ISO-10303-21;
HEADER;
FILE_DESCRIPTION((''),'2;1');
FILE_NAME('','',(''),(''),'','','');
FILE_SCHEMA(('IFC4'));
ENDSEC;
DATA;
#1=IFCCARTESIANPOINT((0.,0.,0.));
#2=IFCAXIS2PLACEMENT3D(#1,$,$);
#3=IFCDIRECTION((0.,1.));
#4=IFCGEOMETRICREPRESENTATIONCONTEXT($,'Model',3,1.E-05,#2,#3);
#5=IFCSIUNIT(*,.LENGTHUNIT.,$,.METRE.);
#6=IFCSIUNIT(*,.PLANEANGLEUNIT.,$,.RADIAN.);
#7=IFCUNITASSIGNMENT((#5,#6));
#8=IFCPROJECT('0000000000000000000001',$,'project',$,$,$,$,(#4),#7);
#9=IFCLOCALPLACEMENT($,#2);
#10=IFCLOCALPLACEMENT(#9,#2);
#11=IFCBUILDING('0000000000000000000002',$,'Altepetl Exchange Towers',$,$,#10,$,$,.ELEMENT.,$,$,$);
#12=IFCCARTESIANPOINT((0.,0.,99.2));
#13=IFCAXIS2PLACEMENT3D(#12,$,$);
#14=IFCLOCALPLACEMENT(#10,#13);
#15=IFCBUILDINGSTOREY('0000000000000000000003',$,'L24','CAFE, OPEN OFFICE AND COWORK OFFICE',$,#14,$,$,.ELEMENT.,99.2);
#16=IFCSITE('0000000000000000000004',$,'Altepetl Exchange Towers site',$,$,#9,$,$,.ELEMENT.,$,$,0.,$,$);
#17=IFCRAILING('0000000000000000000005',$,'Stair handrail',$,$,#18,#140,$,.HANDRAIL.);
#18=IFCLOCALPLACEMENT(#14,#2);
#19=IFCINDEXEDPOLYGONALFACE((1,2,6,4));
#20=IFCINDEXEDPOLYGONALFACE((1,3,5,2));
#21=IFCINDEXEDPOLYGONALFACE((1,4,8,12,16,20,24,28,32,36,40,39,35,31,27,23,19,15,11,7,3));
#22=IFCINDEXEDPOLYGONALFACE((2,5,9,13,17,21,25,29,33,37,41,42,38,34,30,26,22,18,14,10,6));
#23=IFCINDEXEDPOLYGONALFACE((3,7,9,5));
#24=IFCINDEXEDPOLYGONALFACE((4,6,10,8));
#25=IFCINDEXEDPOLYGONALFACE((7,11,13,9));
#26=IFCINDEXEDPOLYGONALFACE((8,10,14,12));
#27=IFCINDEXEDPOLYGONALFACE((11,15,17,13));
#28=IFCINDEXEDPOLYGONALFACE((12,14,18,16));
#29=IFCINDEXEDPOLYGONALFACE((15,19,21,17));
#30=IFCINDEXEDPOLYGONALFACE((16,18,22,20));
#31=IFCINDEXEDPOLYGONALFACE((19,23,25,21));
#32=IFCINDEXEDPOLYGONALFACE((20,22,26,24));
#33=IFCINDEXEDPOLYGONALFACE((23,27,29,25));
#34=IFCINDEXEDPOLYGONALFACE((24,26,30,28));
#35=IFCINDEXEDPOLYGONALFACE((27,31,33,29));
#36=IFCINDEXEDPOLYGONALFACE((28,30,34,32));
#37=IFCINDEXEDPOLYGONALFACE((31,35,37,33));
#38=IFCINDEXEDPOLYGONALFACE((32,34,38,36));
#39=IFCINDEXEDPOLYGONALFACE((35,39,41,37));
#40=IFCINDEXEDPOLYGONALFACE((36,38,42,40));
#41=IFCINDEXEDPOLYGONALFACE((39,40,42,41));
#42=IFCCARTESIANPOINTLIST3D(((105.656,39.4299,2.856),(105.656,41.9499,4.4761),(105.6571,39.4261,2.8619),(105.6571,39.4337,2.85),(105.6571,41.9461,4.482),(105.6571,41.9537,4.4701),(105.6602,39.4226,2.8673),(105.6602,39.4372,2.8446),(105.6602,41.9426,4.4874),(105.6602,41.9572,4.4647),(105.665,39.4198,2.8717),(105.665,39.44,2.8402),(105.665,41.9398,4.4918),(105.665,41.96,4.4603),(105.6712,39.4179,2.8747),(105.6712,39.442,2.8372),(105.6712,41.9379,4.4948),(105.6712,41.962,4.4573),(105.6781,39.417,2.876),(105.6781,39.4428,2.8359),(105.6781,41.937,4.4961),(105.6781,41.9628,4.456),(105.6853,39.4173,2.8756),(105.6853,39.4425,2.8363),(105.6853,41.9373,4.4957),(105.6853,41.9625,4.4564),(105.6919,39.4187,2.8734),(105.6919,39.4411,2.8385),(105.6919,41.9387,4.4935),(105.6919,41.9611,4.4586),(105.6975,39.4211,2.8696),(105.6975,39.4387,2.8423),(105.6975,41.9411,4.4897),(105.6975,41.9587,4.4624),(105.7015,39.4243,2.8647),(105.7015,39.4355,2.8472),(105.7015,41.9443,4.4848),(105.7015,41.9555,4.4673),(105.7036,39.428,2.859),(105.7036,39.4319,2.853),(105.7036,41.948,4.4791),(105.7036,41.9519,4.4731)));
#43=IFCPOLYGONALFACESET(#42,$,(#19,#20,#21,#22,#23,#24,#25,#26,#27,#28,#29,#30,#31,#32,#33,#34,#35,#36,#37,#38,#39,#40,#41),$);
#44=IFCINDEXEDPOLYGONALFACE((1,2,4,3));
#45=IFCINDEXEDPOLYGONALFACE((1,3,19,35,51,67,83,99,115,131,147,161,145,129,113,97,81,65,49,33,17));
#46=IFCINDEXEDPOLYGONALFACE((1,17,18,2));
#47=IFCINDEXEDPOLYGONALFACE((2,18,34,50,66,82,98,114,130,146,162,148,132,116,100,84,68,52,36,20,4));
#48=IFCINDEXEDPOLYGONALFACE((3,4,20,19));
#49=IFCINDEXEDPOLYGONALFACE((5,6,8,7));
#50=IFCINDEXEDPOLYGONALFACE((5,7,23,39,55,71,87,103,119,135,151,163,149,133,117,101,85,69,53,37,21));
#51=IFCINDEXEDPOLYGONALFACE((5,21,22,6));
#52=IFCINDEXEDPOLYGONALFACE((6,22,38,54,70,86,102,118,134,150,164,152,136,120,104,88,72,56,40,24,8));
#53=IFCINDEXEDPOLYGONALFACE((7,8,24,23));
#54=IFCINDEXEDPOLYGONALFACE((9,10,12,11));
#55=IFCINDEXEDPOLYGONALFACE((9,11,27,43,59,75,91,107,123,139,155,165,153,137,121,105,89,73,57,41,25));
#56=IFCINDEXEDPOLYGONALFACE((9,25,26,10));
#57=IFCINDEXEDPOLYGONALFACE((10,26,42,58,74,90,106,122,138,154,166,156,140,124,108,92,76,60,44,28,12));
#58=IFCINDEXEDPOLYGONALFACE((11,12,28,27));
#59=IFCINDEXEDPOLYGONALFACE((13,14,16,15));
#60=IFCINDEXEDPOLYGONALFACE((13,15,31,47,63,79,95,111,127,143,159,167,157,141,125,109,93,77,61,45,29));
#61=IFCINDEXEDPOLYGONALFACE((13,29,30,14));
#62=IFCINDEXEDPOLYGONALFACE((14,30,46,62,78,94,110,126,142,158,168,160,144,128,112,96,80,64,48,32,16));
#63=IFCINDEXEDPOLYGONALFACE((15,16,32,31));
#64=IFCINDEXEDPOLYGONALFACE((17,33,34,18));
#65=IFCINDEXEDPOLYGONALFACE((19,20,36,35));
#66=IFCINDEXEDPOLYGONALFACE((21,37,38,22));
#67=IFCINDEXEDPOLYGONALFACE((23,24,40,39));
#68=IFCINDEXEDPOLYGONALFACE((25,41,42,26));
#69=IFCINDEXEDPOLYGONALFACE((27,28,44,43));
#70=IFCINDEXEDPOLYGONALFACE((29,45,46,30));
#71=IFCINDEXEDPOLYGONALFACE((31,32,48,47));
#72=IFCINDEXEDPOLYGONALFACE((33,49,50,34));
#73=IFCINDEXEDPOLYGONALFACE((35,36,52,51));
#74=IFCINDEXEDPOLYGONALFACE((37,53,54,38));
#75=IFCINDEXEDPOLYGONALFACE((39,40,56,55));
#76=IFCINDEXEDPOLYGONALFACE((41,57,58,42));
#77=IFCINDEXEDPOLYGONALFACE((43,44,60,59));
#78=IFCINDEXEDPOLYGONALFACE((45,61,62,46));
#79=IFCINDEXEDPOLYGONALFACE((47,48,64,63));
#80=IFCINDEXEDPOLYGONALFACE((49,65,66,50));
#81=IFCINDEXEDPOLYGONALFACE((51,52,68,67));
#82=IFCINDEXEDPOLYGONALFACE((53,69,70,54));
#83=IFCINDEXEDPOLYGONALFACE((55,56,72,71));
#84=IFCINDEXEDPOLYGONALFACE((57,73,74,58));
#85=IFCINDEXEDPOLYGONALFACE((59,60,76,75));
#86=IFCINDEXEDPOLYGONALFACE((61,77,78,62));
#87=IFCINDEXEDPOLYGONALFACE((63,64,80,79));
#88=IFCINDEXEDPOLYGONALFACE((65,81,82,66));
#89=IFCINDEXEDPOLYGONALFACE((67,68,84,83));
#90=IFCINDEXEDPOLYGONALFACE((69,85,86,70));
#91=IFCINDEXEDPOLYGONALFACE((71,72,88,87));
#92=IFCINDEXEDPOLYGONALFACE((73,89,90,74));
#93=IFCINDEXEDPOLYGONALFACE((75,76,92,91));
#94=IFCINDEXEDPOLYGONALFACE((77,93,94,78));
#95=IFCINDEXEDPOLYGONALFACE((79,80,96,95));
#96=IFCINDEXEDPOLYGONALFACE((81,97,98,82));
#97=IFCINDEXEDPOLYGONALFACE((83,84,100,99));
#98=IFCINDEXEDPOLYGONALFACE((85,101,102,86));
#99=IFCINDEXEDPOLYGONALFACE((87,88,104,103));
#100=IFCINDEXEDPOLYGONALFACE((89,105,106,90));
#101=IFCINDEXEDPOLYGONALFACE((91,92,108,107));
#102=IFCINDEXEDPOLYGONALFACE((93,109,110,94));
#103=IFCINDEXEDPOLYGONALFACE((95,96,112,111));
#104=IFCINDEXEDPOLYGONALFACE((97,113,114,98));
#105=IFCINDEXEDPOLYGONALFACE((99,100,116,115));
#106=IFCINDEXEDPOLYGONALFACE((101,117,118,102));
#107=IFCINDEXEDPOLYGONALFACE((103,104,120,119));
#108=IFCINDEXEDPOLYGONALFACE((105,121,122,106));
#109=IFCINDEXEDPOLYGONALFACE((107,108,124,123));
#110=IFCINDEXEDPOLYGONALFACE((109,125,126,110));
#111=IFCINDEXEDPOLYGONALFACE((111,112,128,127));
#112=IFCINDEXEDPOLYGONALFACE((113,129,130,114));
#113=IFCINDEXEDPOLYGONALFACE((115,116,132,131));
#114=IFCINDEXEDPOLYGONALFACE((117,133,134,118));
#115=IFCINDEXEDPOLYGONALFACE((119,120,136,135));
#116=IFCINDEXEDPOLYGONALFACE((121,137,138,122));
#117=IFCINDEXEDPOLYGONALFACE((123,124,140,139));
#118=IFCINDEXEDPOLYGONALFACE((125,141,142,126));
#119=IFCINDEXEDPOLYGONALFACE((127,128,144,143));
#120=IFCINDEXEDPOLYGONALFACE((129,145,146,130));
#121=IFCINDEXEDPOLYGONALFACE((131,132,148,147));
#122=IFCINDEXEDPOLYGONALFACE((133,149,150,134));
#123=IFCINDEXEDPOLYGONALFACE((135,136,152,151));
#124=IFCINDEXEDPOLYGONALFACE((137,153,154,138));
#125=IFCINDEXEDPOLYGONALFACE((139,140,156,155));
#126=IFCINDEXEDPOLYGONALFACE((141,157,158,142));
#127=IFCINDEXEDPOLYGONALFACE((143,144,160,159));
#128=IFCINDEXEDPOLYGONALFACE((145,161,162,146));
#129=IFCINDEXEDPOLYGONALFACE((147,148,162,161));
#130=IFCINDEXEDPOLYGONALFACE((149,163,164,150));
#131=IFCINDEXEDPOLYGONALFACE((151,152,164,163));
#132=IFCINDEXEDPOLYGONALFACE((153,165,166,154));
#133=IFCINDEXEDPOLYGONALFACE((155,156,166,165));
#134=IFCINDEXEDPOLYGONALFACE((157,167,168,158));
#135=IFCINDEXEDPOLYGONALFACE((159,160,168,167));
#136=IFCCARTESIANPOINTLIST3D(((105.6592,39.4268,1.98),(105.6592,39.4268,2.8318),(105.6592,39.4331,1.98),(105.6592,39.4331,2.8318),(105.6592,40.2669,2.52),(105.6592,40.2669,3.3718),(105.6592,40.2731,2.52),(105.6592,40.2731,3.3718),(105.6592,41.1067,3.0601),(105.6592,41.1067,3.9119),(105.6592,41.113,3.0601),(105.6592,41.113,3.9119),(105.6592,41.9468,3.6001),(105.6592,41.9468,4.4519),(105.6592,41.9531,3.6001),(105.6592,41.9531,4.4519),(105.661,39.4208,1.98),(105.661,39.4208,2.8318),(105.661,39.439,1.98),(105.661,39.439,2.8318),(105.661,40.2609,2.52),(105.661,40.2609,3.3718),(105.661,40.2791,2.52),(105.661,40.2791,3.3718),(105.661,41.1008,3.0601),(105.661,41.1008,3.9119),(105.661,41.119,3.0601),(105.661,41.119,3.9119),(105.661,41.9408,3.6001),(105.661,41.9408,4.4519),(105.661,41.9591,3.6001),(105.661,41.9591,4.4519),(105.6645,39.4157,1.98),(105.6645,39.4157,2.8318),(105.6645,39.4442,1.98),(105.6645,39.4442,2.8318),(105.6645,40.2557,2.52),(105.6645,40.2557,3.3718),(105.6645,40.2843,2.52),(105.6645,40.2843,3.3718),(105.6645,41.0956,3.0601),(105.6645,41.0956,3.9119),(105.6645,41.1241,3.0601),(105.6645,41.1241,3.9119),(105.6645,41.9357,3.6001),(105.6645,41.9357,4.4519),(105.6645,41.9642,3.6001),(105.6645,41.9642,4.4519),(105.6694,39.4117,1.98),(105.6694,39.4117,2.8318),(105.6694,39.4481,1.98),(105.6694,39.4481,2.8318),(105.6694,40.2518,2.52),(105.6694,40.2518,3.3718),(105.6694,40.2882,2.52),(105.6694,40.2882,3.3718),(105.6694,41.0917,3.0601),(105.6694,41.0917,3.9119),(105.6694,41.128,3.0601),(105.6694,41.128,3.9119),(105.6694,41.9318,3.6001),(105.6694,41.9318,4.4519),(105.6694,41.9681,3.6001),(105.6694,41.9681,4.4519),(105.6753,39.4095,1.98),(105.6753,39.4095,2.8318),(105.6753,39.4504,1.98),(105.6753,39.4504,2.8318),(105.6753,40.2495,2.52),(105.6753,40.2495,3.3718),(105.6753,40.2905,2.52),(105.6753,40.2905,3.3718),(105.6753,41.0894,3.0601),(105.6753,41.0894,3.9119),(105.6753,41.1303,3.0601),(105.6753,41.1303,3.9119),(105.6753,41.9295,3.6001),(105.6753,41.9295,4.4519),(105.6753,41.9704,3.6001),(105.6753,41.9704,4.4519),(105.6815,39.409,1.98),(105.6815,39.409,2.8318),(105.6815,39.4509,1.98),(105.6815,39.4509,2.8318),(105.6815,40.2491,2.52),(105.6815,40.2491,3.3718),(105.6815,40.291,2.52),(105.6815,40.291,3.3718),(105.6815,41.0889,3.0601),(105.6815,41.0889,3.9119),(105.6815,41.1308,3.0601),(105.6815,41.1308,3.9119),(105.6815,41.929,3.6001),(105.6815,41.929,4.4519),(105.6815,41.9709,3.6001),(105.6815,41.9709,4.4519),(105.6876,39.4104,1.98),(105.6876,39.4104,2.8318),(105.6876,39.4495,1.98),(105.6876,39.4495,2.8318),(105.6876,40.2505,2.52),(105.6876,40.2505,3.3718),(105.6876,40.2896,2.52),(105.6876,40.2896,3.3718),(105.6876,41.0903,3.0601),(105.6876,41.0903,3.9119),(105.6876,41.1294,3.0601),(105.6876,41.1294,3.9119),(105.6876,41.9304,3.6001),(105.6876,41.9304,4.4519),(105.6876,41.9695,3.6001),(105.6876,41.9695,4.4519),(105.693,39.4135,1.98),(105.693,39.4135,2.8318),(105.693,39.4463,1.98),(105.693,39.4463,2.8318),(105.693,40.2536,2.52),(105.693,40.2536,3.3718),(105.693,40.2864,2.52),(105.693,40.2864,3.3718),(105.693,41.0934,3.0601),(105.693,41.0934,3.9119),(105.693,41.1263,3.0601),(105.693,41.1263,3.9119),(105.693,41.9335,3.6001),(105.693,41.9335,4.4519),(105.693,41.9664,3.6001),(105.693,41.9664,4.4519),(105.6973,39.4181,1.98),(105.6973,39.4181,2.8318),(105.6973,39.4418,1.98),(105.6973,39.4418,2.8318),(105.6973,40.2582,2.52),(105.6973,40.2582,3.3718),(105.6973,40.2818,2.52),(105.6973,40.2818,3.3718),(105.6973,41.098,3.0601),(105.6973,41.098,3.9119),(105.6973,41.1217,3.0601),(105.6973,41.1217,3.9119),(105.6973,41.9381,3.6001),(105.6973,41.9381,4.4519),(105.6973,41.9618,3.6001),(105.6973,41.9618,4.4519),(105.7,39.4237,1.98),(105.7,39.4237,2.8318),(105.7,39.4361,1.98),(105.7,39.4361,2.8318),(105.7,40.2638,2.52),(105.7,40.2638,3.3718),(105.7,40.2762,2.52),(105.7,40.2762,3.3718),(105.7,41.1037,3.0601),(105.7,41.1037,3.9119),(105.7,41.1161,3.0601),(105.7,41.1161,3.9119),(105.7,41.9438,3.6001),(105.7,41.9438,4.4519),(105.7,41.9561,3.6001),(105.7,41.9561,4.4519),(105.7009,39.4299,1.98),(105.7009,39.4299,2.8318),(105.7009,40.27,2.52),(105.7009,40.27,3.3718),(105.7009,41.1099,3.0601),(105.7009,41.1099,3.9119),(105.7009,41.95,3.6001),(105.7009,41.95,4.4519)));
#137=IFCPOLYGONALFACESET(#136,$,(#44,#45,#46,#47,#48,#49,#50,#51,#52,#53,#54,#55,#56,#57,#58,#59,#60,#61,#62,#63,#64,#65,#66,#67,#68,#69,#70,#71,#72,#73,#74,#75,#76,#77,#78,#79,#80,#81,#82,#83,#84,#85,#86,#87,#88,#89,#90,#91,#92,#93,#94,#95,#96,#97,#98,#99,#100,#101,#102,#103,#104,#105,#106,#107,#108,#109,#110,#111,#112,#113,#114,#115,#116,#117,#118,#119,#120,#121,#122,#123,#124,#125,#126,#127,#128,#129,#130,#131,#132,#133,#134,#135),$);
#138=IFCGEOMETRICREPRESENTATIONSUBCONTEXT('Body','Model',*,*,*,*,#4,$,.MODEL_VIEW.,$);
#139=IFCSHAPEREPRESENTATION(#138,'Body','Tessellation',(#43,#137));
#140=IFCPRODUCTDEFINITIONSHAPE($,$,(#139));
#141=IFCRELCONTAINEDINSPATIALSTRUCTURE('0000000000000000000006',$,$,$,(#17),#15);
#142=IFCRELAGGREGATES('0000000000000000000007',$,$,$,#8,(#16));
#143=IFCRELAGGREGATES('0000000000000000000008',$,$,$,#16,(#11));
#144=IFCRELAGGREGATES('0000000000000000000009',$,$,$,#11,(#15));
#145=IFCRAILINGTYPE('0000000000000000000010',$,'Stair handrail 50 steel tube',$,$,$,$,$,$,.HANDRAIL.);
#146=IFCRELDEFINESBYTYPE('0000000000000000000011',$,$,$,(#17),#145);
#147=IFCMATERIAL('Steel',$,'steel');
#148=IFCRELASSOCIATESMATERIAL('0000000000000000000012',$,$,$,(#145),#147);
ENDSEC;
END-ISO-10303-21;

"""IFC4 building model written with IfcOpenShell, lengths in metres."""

from ifc_helpers import new_model, si_unit, direction, frame, origin, origin_2d, place, context, subcontext, project, spatial, circle, extrude, source, transform, mapped, material, type_object, element, save


model = new_model("IFC4")

# Units and contexts
model_context = context("Model", 3, precision=1e-05, world=origin(), true_north=direction((0.0, 1.0)))
body_context = subcontext(model_context, "Body", "Model", "MODEL_VIEW")
ifc_project = project(units=[si_unit("LENGTHUNIT", "METRE"), si_unit("PLANEANGLEUNIT", "RADIAN")], contexts=[model_context])

# Site, building, storey
site_placement = place(None, origin())
site = spatial("IfcSite", under=ifc_project, at=site_placement, Name="Altepetl Exchange Towers site", CompositionType="ELEMENT", RefElevation=0.0)
building_placement = place(site_placement, origin())
building = spatial("IfcBuilding", under=site, at=building_placement, Name="Altepetl Exchange Towers", CompositionType="ELEMENT")
storey_placement = place(building_placement, frame((0.0, 0.0, 99.2)))
storey = spatial("IfcBuildingStorey", under=building, at=storey_placement, Name="L24", Description="CAFE, OPEN OFFICE AND COWORK OFFICE", CompositionType="ELEMENT", Elevation=99.2)

# Railing
ifc_material_1 = material(Name="Steel", Category="steel")
railing_type = type_object("IfcRailingType", Name="Stair handrail 50 steel tube", PredefinedType="HANDRAIL", material=ifc_material_1)
shared_shape = source(origin(), body_context, "Body", "SweptSolid", [
    extrude(circle(Radius=0.021, at=origin_2d()), origin(), (0.0, 0.0, 1.0), 0.8518),
])
railing_1_placement = place(storey_placement, frame((105.6799, 39.4299, 1.98)))
element("IfcRailing", 1, at=railing_1_placement, inside=storey, type_object=railing_type, Name="Stair handrail", PredefinedType="HANDRAIL", context=body_context, shape_type="SweptSolid", body=[
    extrude(circle(Radius=0.0239, at=origin_2d()), frame((0.0, 0.0, 0.876), z_axis=(0.0, 0.841163, 0.540782), x_axis=(-1.0, 0.0, 0.0)), (0.0, 0.0, 1.0), 2.9958),
    mapped(shared_shape, transform((0.0, 0.0, 0.0))),
    mapped(shared_shape, transform((0.0, 0.8401, 0.54))),
    mapped(shared_shape, transform((0.0, 1.6799, 1.0801))),
    mapped(shared_shape, transform((0.0, 2.52, 1.6201))),
])

save(model, "model.ifc")
